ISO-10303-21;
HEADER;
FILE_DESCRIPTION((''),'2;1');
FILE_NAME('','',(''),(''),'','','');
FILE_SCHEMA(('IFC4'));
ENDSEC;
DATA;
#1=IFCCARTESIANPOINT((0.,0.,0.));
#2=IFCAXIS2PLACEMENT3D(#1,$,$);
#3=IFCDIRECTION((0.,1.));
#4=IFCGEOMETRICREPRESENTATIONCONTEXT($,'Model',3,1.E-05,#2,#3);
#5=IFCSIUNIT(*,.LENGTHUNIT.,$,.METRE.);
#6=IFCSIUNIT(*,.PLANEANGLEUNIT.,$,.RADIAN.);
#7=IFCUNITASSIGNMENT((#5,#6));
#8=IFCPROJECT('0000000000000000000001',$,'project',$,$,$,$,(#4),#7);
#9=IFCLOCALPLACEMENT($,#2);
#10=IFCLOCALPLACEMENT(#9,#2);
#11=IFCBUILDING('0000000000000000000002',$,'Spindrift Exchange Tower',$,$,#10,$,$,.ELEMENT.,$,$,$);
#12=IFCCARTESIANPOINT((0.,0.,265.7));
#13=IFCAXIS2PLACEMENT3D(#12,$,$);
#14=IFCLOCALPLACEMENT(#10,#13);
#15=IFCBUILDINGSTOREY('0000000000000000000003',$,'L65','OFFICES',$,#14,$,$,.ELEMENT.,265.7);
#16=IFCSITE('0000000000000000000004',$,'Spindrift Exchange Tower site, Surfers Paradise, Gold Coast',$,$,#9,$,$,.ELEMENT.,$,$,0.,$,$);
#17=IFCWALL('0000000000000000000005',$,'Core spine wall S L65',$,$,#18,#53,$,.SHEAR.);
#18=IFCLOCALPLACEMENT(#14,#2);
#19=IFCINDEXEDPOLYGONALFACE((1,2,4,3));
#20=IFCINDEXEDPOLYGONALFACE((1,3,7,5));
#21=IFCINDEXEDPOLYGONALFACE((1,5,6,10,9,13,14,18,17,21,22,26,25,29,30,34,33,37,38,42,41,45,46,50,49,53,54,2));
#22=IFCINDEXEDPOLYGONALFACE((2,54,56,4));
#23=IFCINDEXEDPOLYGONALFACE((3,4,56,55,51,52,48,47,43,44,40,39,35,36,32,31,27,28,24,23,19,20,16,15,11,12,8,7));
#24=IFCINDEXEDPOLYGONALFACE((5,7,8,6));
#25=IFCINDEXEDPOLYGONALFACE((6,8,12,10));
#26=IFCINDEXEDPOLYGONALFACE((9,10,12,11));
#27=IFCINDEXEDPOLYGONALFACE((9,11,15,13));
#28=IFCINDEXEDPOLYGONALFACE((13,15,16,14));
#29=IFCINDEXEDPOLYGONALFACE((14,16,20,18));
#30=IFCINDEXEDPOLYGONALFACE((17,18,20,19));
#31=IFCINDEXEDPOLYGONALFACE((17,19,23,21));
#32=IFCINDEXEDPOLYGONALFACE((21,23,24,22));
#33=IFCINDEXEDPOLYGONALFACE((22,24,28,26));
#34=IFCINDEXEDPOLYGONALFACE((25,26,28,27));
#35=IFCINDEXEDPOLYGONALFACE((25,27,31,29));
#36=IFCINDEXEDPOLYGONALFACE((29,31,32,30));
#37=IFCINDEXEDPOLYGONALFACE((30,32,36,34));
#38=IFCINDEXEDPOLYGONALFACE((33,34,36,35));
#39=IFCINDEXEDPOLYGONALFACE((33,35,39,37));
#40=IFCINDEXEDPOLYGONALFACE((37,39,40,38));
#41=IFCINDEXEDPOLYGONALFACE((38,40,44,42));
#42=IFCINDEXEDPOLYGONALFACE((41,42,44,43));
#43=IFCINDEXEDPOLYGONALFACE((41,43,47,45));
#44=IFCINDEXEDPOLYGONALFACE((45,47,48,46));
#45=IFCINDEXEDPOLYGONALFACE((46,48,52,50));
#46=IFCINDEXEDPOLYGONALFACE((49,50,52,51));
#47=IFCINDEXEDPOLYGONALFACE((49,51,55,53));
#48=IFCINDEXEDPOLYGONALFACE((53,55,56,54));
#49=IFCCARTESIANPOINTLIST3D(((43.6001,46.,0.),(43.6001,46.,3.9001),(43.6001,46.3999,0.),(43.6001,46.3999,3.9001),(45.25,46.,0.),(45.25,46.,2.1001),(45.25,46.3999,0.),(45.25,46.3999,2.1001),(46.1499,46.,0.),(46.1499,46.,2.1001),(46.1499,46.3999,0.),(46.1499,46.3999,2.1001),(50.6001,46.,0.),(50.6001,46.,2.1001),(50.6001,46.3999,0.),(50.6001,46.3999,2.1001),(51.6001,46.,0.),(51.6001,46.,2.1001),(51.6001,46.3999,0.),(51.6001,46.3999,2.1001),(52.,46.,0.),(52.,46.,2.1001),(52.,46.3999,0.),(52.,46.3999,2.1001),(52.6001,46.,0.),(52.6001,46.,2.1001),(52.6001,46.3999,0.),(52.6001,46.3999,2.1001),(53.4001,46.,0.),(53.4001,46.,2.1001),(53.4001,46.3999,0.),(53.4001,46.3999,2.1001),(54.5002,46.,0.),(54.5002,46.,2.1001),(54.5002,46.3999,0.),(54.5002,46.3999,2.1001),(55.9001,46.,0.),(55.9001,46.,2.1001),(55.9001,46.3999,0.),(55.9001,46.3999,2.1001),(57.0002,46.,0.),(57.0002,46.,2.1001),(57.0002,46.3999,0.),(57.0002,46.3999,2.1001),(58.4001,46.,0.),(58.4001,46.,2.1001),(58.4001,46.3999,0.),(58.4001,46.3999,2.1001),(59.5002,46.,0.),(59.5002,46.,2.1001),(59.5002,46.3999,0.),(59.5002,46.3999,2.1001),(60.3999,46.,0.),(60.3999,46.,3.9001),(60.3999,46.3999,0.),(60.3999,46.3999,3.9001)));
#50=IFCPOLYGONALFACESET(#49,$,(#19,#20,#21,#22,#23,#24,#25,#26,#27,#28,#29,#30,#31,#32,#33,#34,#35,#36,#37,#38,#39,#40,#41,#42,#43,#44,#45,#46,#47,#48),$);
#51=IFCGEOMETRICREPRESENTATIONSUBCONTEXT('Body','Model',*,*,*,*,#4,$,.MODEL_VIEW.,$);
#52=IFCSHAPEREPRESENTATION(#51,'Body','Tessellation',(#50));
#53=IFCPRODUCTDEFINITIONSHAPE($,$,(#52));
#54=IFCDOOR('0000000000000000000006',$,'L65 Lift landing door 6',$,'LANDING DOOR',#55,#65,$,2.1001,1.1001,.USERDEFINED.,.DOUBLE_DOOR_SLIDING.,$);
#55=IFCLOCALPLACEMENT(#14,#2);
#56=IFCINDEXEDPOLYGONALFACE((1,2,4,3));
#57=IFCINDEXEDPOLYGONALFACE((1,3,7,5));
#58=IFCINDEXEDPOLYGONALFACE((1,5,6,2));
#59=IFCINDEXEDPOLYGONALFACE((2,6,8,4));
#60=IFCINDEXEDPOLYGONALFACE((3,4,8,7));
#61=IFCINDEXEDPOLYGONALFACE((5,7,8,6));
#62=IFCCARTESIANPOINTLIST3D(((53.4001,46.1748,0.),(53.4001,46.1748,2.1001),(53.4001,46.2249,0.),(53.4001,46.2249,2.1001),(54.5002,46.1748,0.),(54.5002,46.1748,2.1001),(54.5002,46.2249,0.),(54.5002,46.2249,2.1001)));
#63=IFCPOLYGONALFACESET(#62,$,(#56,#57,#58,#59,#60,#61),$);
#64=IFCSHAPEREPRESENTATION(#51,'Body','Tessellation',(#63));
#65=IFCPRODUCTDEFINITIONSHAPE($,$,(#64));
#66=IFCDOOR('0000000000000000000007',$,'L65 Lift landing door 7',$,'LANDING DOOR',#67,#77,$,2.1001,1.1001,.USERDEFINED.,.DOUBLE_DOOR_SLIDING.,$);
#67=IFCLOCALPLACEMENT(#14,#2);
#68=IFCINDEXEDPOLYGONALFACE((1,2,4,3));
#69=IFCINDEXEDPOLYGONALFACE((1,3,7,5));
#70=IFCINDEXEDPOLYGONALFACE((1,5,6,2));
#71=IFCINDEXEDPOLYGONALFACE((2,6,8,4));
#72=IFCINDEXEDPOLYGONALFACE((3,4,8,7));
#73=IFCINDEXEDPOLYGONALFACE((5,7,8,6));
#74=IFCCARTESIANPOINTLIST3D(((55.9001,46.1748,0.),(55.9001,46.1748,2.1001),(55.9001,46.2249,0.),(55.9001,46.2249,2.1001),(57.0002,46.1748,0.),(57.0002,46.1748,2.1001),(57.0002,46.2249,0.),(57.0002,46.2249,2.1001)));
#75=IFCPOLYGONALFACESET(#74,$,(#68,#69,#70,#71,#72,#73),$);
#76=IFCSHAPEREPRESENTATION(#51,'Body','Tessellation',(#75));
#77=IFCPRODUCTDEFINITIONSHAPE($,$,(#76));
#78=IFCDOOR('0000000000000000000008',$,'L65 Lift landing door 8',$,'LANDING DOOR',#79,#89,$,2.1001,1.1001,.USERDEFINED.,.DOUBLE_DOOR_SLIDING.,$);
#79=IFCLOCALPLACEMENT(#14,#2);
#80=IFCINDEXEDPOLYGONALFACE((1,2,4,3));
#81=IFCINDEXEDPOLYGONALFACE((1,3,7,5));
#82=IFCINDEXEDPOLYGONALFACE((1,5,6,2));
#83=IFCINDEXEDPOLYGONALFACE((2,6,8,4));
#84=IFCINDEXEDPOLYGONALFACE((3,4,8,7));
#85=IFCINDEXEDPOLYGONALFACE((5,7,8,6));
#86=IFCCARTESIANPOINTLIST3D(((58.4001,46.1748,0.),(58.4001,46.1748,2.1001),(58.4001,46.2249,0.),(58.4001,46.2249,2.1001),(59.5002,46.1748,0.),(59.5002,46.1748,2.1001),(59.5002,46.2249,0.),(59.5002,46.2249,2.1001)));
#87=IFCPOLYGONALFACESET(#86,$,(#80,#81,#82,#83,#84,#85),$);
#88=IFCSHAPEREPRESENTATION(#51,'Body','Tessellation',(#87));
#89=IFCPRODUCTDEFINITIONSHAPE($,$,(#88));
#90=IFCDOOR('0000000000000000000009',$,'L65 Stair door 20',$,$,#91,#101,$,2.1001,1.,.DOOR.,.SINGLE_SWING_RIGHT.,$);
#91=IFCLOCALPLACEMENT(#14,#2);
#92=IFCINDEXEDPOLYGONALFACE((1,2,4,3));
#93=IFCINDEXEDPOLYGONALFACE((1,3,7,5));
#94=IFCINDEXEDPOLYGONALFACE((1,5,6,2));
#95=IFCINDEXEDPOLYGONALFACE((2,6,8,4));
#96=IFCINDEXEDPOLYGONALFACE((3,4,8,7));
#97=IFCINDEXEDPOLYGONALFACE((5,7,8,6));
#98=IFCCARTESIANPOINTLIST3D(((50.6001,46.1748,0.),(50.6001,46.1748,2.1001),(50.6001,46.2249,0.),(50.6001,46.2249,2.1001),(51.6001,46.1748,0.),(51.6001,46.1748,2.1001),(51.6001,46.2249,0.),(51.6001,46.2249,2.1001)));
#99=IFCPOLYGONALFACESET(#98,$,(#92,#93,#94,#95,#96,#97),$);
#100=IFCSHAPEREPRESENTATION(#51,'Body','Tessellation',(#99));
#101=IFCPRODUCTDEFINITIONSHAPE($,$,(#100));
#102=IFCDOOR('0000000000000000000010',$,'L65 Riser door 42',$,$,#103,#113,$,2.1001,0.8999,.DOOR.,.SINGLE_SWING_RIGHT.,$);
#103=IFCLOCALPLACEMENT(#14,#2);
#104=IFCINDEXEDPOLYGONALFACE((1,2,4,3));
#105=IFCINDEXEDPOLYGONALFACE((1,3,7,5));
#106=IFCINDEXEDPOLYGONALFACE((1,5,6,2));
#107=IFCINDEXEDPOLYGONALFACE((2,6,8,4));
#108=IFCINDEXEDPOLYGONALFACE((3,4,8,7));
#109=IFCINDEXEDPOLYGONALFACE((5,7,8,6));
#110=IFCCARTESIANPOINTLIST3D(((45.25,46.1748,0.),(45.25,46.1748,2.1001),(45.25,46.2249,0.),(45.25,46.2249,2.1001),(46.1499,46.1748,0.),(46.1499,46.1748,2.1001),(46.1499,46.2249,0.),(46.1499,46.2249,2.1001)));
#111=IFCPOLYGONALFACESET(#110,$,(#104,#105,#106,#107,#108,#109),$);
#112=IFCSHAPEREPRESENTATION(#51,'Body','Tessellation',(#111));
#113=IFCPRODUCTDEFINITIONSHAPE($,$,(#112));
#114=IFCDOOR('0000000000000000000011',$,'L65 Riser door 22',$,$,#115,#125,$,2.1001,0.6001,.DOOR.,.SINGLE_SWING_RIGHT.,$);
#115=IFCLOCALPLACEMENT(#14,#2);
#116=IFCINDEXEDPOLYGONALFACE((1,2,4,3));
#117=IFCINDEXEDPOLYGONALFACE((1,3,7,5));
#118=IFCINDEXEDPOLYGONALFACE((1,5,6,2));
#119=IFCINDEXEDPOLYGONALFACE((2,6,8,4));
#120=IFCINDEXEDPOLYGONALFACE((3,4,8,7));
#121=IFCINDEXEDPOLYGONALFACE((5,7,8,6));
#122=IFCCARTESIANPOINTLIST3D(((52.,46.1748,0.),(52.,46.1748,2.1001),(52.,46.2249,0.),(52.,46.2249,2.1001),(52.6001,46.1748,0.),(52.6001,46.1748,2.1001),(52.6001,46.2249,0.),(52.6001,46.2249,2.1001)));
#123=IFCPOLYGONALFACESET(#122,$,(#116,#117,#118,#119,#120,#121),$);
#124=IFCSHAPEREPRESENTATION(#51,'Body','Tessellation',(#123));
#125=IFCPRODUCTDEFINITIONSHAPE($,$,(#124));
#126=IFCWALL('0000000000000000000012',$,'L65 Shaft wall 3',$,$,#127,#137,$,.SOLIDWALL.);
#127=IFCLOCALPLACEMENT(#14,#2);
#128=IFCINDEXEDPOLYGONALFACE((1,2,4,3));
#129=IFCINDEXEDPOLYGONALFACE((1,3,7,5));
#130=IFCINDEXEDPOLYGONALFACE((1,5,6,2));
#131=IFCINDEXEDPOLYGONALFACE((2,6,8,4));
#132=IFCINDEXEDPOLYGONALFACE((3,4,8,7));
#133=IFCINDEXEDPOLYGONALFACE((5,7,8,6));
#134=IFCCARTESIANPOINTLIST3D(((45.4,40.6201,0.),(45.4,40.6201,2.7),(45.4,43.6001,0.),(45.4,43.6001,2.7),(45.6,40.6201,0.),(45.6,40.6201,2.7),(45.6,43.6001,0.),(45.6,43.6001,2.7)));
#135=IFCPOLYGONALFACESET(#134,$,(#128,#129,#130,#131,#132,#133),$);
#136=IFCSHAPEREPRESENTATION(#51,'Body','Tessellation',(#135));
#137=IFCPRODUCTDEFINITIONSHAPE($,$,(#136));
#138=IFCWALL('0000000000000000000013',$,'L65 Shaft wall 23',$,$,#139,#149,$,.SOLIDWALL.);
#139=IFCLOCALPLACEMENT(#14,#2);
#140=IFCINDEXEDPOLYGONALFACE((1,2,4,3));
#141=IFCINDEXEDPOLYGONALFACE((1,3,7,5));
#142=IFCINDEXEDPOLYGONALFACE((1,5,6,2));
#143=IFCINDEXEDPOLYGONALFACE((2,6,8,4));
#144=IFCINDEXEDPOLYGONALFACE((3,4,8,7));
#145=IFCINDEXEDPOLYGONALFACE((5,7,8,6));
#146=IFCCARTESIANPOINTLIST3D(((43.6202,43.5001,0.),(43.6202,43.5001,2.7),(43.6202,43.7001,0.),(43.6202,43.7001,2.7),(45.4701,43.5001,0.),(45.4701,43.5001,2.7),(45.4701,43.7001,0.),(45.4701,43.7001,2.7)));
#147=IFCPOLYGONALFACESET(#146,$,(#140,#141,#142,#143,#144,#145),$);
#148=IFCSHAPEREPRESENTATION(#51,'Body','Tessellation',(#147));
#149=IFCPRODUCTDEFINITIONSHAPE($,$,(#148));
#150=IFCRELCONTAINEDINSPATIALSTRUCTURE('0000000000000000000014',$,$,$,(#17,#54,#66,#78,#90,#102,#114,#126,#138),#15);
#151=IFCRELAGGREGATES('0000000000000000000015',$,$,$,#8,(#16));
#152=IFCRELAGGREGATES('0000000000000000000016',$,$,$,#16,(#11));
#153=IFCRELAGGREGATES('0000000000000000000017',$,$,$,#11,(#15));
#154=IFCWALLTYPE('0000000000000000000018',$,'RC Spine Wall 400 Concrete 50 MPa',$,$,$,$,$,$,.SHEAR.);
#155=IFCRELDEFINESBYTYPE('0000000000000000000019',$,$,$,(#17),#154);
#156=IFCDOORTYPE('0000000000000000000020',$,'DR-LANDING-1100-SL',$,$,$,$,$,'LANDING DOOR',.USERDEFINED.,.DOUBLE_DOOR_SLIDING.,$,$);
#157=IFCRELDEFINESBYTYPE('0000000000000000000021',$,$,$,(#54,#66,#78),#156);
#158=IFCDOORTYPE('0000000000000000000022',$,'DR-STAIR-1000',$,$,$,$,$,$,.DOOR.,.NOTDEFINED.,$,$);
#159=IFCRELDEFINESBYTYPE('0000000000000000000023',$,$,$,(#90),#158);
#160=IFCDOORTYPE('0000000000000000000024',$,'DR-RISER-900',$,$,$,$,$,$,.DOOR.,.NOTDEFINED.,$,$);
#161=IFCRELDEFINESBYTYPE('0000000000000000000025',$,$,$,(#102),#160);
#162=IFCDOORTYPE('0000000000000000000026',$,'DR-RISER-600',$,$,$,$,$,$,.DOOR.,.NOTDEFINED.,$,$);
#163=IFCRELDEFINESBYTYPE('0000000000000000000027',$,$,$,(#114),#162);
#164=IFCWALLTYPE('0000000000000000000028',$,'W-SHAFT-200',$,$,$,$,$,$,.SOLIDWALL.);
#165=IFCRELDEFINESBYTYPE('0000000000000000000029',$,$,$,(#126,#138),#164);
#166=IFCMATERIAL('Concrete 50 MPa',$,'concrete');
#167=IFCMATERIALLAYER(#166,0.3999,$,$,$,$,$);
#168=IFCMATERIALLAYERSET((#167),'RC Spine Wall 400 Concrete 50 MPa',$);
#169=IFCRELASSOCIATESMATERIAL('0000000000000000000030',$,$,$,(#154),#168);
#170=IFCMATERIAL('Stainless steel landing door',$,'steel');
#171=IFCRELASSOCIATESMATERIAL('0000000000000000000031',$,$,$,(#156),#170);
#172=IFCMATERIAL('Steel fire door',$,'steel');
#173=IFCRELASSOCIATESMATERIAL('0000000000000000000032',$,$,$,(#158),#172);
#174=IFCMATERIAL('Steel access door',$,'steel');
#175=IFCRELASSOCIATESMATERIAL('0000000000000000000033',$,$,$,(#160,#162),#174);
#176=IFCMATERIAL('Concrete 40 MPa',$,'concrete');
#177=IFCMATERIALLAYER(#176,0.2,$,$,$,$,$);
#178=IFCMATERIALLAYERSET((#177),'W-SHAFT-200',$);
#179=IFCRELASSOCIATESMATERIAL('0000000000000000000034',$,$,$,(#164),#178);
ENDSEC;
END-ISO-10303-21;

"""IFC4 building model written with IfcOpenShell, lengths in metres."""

from ifc_helpers import new_model, si_unit, direction, frame, frame_2d, origin, place, context, subcontext, project, spatial, rectangle, extrude, source, transform, mapped, material, layer, layer_set, type_object, element, fill, save


model = new_model("IFC4")

# Units and contexts
model_context = context("Model", 3, precision=1e-05, world=origin(), true_north=direction((0.0, 1.0)))
body_context = subcontext(model_context, "Body", "Model", "MODEL_VIEW")
ifc_project = project(units=[si_unit("LENGTHUNIT", "METRE"), si_unit("PLANEANGLEUNIT", "RADIAN")], contexts=[model_context])

# Site, building, storey
site_placement = place(None, origin())
site = spatial("IfcSite", under=ifc_project, at=site_placement, Name="Spindrift Exchange Tower site, Surfers Paradise, Gold Coast", CompositionType="ELEMENT", RefElevation=0.0)
building_placement = place(site_placement, origin())
building = spatial("IfcBuilding", under=site, at=building_placement, Name="Spindrift Exchange Tower", CompositionType="ELEMENT")
storey_placement = place(building_placement, frame((0.0, 0.0, 265.7)))
storey = spatial("IfcBuildingStorey", under=building, at=storey_placement, Name="L65", Description="OFFICES", CompositionType="ELEMENT", Elevation=265.7)

# Shared definitions
ifc_material_1 = material(Name="Concrete 40 MPa", Category="concrete")

# Wall, openings, doors
ifc_material_2 = material(Name="Concrete 50 MPa", Category="concrete")
ifc_layer_1 = layer(ifc_material_2, 0.3999)
ifc_layer_set_1 = layer_set([ifc_layer_1], Name="RC Spine Wall 400 Concrete 50 MPa")
wall_type_1 = type_object("IfcWallType", Name="RC Spine Wall 400 Concrete 50 MPa", PredefinedType="SHEAR", material=ifc_layer_set_1)
wall_1_placement = place(storey_placement, frame((43.6001, 46.2, 0.0), z_axis=(0.0, 0.0, 1.0), x_axis=(1.0, 0.0, 0.0)))
wall_1 = element("IfcWall", 1, at=wall_1_placement, inside=storey, type_object=wall_type_1, Name="Core spine wall S L65", PredefinedType="SHEAR", context=body_context, shape_type="SweptSolid", body=[
    extrude(rectangle(XDim=16.7998, YDim=0.3999, at=frame_2d((8.3999, 0.0))), origin(), (0.0, 0.0, 1.0), 3.9001),
])
opening_1_placement = place(wall_1_placement, frame((9.8, 0.0, 0.0)))
opening_1 = element("IfcOpeningElement", 2, at=opening_1_placement, cuts=wall_1, PredefinedType="OPENING", context=body_context, shape_type="SweptSolid", body=[
    extrude(rectangle(XDim=1.1001, YDim=2.1001, at=frame_2d((0.55, 1.05))), frame((0.0, 0.21, 0.0), z_axis=(0.0, -1.0, 0.0), x_axis=(1.0, 0.0, 0.0)), (0.0, 0.0, 1.0), 0.4199),
])
opening_2_placement = place(wall_1_placement, frame((12.3, 0.0, 0.0)))
opening_2 = element("IfcOpeningElement", 3, at=opening_2_placement, cuts=wall_1, PredefinedType="OPENING", context=body_context, shape_type="SweptSolid", body=[
    extrude(rectangle(XDim=1.1001, YDim=2.1001, at=frame_2d((0.55, 1.05))), frame((0.0, 0.21, 0.0), z_axis=(0.0, -1.0, 0.0), x_axis=(1.0, 0.0, 0.0)), (0.0, 0.0, 1.0), 0.4199),
])
opening_3_placement = place(wall_1_placement, frame((14.8, 0.0, 0.0)))
opening_3 = element("IfcOpeningElement", 4, at=opening_3_placement, cuts=wall_1, PredefinedType="OPENING", context=body_context, shape_type="SweptSolid", body=[
    extrude(rectangle(XDim=1.1001, YDim=2.1001, at=frame_2d((0.55, 1.05))), frame((0.0, 0.21, 0.0), z_axis=(0.0, -1.0, 0.0), x_axis=(1.0, 0.0, 0.0)), (0.0, 0.0, 1.0), 0.4199),
])
opening_4_placement = place(wall_1_placement, frame((7.0, 0.0, 0.0)))
opening_4 = element("IfcOpeningElement", 5, at=opening_4_placement, cuts=wall_1, PredefinedType="OPENING", context=body_context, shape_type="SweptSolid", body=[
    extrude(rectangle(XDim=1.0, YDim=2.1001, at=frame_2d((0.5, 1.05))), frame((0.0, 0.21, 0.0), z_axis=(0.0, -1.0, 0.0), x_axis=(1.0, 0.0, 0.0)), (0.0, 0.0, 1.0), 0.4199),
])
opening_5_placement = place(wall_1_placement, frame((8.3999, 0.0, 0.0)))
opening_5 = element("IfcOpeningElement", 6, at=opening_5_placement, cuts=wall_1, PredefinedType="OPENING", context=body_context, shape_type="SweptSolid", body=[
    extrude(rectangle(XDim=0.6001, YDim=2.1001, at=frame_2d((0.3, 1.05))), frame((0.0, 0.21, 0.0), z_axis=(0.0, -1.0, 0.0), x_axis=(1.0, 0.0, 0.0)), (0.0, 0.0, 1.0), 0.4199),
])
opening_6_placement = place(wall_1_placement, frame((1.6499, 0.0, 0.0)))
opening_6 = element("IfcOpeningElement", 7, at=opening_6_placement, cuts=wall_1, PredefinedType="OPENING", context=body_context, shape_type="SweptSolid", body=[
    extrude(rectangle(XDim=0.8999, YDim=2.1001, at=frame_2d((0.45, 1.05))), frame((0.0, 0.21, 0.0), z_axis=(0.0, -1.0, 0.0), x_axis=(1.0, 0.0, 0.0)), (0.0, 0.0, 1.0), 0.4199),
])
ifc_material_3 = material(Name="Stainless steel landing door", Category="steel")
door_type_1 = type_object("IfcDoorType", Name="DR-LANDING-1100-SL", ElementType="LANDING DOOR", OperationType="DOUBLE_DOOR_SLIDING", PredefinedType="USERDEFINED", material=ifc_material_3)
shared_shape_1 = source(origin(), body_context, "Body", "SweptSolid", [
    extrude(rectangle(XDim=1.1001, YDim=2.1001, at=frame_2d((0.55, 1.05))), frame((0.0, 0.0249, 0.0), z_axis=(0.0, -1.0, 0.0), x_axis=(1.0, 0.0, 0.0)), (0.0, 0.0, 1.0), 0.05),
])
door_1_placement = place(opening_1_placement, origin())
door_1 = element("IfcDoor", 8, at=door_1_placement, inside=storey, type_object=door_type_1, Name="L65 Lift landing door 6", ObjectType="LANDING DOOR", OperationType="DOUBLE_DOOR_SLIDING", OverallHeight=2.1001, OverallWidth=1.1001, PredefinedType="USERDEFINED", context=body_context, shape_type="MappedRepresentation", body=[
    mapped(shared_shape_1, transform((0.0, 0.0, 0.0), scale=1.0)),
])
fill(opening_1, door_1)
door_2_placement = place(opening_2_placement, origin())
door_2 = element("IfcDoor", 9, at=door_2_placement, inside=storey, type_object=door_type_1, Name="L65 Lift landing door 7", ObjectType="LANDING DOOR", OperationType="DOUBLE_DOOR_SLIDING", OverallHeight=2.1001, OverallWidth=1.1001, PredefinedType="USERDEFINED", context=body_context, shape_type="MappedRepresentation", body=[
    mapped(shared_shape_1, transform((0.0, 0.0, 0.0), scale=1.0)),
])
fill(opening_2, door_2)
door_3_placement = place(opening_3_placement, origin())
door_3 = element("IfcDoor", 10, at=door_3_placement, inside=storey, type_object=door_type_1, Name="L65 Lift landing door 8", ObjectType="LANDING DOOR", OperationType="DOUBLE_DOOR_SLIDING", OverallHeight=2.1001, OverallWidth=1.1001, PredefinedType="USERDEFINED", context=body_context, shape_type="MappedRepresentation", body=[
    mapped(shared_shape_1, transform((0.0, 0.0, 0.0), scale=1.0)),
])
fill(opening_3, door_3)
ifc_material_4 = material(Name="Steel fire door", Category="steel")
door_type_2 = type_object("IfcDoorType", Name="DR-STAIR-1000", OperationType="NOTDEFINED", PredefinedType="DOOR", material=ifc_material_4)
shared_shape_2 = source(origin(), body_context, "Body", "SweptSolid", [
    extrude(rectangle(XDim=1.0, YDim=2.1001, at=frame_2d((0.5, 1.05))), frame((0.0, 0.0249, 0.0), z_axis=(0.0, -1.0, 0.0), x_axis=(1.0, 0.0, 0.0)), (0.0, 0.0, 1.0), 0.05),
])
door_4_placement = place(opening_4_placement, origin())
door_4 = element("IfcDoor", 11, at=door_4_placement, inside=storey, type_object=door_type_2, Name="L65 Stair door 20", OperationType="SINGLE_SWING_RIGHT", OverallHeight=2.1001, OverallWidth=1.0, PredefinedType="DOOR", context=body_context, shape_type="MappedRepresentation", body=[
    mapped(shared_shape_2, transform((0.0, 0.0, 0.0), scale=1.0)),
])
fill(opening_4, door_4)
ifc_material_5 = material(Name="Steel access door", Category="steel")
door_type_3 = type_object("IfcDoorType", Name="DR-RISER-900", OperationType="NOTDEFINED", PredefinedType="DOOR", material=ifc_material_5)
shared_shape_3 = source(origin(), body_context, "Body", "SweptSolid", [
    extrude(rectangle(XDim=0.8999, YDim=2.1001, at=frame_2d((0.45, 1.05))), frame((0.0, 0.0249, 0.0), z_axis=(0.0, -1.0, 0.0), x_axis=(1.0, 0.0, 0.0)), (0.0, 0.0, 1.0), 0.05),
])
door_5_placement = place(opening_6_placement, origin())
door_5 = element("IfcDoor", 12, at=door_5_placement, inside=storey, type_object=door_type_3, Name="L65 Riser door 42", OperationType="SINGLE_SWING_RIGHT", OverallHeight=2.1001, OverallWidth=0.8999, PredefinedType="DOOR", context=body_context, shape_type="MappedRepresentation", body=[
    mapped(shared_shape_3, transform((0.0, 0.0, 0.0), scale=1.0)),
])
fill(opening_6, door_5)
door_type_4 = type_object("IfcDoorType", Name="DR-RISER-600", OperationType="NOTDEFINED", PredefinedType="DOOR", material=ifc_material_5)
shared_shape_4 = source(origin(), body_context, "Body", "SweptSolid", [
    extrude(rectangle(XDim=0.6001, YDim=2.1001, at=frame_2d((0.3, 1.05))), frame((0.0, 0.0249, 0.0), z_axis=(0.0, -1.0, 0.0), x_axis=(1.0, 0.0, 0.0)), (0.0, 0.0, 1.0), 0.05),
])
door_6_placement = place(opening_5_placement, origin())
door_6 = element("IfcDoor", 13, at=door_6_placement, inside=storey, type_object=door_type_4, Name="L65 Riser door 22", OperationType="SINGLE_SWING_RIGHT", OverallHeight=2.1001, OverallWidth=0.6001, PredefinedType="DOOR", context=body_context, shape_type="MappedRepresentation", body=[
    mapped(shared_shape_4, transform((0.0, 0.0, 0.0), scale=1.0)),
])
fill(opening_5, door_6)

# Walls
ifc_layer_2 = layer(ifc_material_1, 0.2)
ifc_layer_set_2 = layer_set([ifc_layer_2], Name="W-SHAFT-200")
wall_type_2 = type_object("IfcWallType", Name="W-SHAFT-200", PredefinedType="SOLIDWALL", material=ifc_layer_set_2)
wall_2_placement = place(storey_placement, frame((45.5, 43.6001, 0.0), z_axis=(0.0, 0.0, 1.0), x_axis=(0.0, -1.0, 0.0)))
element("IfcWall", 14, at=wall_2_placement, inside=storey, type_object=wall_type_2, Name="L65 Shaft wall 3", PredefinedType="SOLIDWALL", context=body_context, shape_type="SweptSolid", body=[
    extrude(rectangle(XDim=2.98, YDim=0.2, at=frame_2d((1.49, 0.0))), origin(), (0.0, 0.0, 1.0), 2.7),
])
wall_3_placement = place(storey_placement, frame((45.47, 43.6001, 0.0), z_axis=(0.0, 0.0, 1.0), x_axis=(-1.0, 0.0, 0.0)))
element("IfcWall", 15, at=wall_3_placement, inside=storey, type_object=wall_type_2, Name="L65 Shaft wall 23", PredefinedType="SOLIDWALL", context=body_context, shape_type="SweptSolid", body=[
    extrude(rectangle(XDim=1.8499, YDim=0.2, at=frame_2d((0.9248, 0.0))), origin(), (0.0, 0.0, 1.0), 2.7),
])

save(model, "model.ifc")
